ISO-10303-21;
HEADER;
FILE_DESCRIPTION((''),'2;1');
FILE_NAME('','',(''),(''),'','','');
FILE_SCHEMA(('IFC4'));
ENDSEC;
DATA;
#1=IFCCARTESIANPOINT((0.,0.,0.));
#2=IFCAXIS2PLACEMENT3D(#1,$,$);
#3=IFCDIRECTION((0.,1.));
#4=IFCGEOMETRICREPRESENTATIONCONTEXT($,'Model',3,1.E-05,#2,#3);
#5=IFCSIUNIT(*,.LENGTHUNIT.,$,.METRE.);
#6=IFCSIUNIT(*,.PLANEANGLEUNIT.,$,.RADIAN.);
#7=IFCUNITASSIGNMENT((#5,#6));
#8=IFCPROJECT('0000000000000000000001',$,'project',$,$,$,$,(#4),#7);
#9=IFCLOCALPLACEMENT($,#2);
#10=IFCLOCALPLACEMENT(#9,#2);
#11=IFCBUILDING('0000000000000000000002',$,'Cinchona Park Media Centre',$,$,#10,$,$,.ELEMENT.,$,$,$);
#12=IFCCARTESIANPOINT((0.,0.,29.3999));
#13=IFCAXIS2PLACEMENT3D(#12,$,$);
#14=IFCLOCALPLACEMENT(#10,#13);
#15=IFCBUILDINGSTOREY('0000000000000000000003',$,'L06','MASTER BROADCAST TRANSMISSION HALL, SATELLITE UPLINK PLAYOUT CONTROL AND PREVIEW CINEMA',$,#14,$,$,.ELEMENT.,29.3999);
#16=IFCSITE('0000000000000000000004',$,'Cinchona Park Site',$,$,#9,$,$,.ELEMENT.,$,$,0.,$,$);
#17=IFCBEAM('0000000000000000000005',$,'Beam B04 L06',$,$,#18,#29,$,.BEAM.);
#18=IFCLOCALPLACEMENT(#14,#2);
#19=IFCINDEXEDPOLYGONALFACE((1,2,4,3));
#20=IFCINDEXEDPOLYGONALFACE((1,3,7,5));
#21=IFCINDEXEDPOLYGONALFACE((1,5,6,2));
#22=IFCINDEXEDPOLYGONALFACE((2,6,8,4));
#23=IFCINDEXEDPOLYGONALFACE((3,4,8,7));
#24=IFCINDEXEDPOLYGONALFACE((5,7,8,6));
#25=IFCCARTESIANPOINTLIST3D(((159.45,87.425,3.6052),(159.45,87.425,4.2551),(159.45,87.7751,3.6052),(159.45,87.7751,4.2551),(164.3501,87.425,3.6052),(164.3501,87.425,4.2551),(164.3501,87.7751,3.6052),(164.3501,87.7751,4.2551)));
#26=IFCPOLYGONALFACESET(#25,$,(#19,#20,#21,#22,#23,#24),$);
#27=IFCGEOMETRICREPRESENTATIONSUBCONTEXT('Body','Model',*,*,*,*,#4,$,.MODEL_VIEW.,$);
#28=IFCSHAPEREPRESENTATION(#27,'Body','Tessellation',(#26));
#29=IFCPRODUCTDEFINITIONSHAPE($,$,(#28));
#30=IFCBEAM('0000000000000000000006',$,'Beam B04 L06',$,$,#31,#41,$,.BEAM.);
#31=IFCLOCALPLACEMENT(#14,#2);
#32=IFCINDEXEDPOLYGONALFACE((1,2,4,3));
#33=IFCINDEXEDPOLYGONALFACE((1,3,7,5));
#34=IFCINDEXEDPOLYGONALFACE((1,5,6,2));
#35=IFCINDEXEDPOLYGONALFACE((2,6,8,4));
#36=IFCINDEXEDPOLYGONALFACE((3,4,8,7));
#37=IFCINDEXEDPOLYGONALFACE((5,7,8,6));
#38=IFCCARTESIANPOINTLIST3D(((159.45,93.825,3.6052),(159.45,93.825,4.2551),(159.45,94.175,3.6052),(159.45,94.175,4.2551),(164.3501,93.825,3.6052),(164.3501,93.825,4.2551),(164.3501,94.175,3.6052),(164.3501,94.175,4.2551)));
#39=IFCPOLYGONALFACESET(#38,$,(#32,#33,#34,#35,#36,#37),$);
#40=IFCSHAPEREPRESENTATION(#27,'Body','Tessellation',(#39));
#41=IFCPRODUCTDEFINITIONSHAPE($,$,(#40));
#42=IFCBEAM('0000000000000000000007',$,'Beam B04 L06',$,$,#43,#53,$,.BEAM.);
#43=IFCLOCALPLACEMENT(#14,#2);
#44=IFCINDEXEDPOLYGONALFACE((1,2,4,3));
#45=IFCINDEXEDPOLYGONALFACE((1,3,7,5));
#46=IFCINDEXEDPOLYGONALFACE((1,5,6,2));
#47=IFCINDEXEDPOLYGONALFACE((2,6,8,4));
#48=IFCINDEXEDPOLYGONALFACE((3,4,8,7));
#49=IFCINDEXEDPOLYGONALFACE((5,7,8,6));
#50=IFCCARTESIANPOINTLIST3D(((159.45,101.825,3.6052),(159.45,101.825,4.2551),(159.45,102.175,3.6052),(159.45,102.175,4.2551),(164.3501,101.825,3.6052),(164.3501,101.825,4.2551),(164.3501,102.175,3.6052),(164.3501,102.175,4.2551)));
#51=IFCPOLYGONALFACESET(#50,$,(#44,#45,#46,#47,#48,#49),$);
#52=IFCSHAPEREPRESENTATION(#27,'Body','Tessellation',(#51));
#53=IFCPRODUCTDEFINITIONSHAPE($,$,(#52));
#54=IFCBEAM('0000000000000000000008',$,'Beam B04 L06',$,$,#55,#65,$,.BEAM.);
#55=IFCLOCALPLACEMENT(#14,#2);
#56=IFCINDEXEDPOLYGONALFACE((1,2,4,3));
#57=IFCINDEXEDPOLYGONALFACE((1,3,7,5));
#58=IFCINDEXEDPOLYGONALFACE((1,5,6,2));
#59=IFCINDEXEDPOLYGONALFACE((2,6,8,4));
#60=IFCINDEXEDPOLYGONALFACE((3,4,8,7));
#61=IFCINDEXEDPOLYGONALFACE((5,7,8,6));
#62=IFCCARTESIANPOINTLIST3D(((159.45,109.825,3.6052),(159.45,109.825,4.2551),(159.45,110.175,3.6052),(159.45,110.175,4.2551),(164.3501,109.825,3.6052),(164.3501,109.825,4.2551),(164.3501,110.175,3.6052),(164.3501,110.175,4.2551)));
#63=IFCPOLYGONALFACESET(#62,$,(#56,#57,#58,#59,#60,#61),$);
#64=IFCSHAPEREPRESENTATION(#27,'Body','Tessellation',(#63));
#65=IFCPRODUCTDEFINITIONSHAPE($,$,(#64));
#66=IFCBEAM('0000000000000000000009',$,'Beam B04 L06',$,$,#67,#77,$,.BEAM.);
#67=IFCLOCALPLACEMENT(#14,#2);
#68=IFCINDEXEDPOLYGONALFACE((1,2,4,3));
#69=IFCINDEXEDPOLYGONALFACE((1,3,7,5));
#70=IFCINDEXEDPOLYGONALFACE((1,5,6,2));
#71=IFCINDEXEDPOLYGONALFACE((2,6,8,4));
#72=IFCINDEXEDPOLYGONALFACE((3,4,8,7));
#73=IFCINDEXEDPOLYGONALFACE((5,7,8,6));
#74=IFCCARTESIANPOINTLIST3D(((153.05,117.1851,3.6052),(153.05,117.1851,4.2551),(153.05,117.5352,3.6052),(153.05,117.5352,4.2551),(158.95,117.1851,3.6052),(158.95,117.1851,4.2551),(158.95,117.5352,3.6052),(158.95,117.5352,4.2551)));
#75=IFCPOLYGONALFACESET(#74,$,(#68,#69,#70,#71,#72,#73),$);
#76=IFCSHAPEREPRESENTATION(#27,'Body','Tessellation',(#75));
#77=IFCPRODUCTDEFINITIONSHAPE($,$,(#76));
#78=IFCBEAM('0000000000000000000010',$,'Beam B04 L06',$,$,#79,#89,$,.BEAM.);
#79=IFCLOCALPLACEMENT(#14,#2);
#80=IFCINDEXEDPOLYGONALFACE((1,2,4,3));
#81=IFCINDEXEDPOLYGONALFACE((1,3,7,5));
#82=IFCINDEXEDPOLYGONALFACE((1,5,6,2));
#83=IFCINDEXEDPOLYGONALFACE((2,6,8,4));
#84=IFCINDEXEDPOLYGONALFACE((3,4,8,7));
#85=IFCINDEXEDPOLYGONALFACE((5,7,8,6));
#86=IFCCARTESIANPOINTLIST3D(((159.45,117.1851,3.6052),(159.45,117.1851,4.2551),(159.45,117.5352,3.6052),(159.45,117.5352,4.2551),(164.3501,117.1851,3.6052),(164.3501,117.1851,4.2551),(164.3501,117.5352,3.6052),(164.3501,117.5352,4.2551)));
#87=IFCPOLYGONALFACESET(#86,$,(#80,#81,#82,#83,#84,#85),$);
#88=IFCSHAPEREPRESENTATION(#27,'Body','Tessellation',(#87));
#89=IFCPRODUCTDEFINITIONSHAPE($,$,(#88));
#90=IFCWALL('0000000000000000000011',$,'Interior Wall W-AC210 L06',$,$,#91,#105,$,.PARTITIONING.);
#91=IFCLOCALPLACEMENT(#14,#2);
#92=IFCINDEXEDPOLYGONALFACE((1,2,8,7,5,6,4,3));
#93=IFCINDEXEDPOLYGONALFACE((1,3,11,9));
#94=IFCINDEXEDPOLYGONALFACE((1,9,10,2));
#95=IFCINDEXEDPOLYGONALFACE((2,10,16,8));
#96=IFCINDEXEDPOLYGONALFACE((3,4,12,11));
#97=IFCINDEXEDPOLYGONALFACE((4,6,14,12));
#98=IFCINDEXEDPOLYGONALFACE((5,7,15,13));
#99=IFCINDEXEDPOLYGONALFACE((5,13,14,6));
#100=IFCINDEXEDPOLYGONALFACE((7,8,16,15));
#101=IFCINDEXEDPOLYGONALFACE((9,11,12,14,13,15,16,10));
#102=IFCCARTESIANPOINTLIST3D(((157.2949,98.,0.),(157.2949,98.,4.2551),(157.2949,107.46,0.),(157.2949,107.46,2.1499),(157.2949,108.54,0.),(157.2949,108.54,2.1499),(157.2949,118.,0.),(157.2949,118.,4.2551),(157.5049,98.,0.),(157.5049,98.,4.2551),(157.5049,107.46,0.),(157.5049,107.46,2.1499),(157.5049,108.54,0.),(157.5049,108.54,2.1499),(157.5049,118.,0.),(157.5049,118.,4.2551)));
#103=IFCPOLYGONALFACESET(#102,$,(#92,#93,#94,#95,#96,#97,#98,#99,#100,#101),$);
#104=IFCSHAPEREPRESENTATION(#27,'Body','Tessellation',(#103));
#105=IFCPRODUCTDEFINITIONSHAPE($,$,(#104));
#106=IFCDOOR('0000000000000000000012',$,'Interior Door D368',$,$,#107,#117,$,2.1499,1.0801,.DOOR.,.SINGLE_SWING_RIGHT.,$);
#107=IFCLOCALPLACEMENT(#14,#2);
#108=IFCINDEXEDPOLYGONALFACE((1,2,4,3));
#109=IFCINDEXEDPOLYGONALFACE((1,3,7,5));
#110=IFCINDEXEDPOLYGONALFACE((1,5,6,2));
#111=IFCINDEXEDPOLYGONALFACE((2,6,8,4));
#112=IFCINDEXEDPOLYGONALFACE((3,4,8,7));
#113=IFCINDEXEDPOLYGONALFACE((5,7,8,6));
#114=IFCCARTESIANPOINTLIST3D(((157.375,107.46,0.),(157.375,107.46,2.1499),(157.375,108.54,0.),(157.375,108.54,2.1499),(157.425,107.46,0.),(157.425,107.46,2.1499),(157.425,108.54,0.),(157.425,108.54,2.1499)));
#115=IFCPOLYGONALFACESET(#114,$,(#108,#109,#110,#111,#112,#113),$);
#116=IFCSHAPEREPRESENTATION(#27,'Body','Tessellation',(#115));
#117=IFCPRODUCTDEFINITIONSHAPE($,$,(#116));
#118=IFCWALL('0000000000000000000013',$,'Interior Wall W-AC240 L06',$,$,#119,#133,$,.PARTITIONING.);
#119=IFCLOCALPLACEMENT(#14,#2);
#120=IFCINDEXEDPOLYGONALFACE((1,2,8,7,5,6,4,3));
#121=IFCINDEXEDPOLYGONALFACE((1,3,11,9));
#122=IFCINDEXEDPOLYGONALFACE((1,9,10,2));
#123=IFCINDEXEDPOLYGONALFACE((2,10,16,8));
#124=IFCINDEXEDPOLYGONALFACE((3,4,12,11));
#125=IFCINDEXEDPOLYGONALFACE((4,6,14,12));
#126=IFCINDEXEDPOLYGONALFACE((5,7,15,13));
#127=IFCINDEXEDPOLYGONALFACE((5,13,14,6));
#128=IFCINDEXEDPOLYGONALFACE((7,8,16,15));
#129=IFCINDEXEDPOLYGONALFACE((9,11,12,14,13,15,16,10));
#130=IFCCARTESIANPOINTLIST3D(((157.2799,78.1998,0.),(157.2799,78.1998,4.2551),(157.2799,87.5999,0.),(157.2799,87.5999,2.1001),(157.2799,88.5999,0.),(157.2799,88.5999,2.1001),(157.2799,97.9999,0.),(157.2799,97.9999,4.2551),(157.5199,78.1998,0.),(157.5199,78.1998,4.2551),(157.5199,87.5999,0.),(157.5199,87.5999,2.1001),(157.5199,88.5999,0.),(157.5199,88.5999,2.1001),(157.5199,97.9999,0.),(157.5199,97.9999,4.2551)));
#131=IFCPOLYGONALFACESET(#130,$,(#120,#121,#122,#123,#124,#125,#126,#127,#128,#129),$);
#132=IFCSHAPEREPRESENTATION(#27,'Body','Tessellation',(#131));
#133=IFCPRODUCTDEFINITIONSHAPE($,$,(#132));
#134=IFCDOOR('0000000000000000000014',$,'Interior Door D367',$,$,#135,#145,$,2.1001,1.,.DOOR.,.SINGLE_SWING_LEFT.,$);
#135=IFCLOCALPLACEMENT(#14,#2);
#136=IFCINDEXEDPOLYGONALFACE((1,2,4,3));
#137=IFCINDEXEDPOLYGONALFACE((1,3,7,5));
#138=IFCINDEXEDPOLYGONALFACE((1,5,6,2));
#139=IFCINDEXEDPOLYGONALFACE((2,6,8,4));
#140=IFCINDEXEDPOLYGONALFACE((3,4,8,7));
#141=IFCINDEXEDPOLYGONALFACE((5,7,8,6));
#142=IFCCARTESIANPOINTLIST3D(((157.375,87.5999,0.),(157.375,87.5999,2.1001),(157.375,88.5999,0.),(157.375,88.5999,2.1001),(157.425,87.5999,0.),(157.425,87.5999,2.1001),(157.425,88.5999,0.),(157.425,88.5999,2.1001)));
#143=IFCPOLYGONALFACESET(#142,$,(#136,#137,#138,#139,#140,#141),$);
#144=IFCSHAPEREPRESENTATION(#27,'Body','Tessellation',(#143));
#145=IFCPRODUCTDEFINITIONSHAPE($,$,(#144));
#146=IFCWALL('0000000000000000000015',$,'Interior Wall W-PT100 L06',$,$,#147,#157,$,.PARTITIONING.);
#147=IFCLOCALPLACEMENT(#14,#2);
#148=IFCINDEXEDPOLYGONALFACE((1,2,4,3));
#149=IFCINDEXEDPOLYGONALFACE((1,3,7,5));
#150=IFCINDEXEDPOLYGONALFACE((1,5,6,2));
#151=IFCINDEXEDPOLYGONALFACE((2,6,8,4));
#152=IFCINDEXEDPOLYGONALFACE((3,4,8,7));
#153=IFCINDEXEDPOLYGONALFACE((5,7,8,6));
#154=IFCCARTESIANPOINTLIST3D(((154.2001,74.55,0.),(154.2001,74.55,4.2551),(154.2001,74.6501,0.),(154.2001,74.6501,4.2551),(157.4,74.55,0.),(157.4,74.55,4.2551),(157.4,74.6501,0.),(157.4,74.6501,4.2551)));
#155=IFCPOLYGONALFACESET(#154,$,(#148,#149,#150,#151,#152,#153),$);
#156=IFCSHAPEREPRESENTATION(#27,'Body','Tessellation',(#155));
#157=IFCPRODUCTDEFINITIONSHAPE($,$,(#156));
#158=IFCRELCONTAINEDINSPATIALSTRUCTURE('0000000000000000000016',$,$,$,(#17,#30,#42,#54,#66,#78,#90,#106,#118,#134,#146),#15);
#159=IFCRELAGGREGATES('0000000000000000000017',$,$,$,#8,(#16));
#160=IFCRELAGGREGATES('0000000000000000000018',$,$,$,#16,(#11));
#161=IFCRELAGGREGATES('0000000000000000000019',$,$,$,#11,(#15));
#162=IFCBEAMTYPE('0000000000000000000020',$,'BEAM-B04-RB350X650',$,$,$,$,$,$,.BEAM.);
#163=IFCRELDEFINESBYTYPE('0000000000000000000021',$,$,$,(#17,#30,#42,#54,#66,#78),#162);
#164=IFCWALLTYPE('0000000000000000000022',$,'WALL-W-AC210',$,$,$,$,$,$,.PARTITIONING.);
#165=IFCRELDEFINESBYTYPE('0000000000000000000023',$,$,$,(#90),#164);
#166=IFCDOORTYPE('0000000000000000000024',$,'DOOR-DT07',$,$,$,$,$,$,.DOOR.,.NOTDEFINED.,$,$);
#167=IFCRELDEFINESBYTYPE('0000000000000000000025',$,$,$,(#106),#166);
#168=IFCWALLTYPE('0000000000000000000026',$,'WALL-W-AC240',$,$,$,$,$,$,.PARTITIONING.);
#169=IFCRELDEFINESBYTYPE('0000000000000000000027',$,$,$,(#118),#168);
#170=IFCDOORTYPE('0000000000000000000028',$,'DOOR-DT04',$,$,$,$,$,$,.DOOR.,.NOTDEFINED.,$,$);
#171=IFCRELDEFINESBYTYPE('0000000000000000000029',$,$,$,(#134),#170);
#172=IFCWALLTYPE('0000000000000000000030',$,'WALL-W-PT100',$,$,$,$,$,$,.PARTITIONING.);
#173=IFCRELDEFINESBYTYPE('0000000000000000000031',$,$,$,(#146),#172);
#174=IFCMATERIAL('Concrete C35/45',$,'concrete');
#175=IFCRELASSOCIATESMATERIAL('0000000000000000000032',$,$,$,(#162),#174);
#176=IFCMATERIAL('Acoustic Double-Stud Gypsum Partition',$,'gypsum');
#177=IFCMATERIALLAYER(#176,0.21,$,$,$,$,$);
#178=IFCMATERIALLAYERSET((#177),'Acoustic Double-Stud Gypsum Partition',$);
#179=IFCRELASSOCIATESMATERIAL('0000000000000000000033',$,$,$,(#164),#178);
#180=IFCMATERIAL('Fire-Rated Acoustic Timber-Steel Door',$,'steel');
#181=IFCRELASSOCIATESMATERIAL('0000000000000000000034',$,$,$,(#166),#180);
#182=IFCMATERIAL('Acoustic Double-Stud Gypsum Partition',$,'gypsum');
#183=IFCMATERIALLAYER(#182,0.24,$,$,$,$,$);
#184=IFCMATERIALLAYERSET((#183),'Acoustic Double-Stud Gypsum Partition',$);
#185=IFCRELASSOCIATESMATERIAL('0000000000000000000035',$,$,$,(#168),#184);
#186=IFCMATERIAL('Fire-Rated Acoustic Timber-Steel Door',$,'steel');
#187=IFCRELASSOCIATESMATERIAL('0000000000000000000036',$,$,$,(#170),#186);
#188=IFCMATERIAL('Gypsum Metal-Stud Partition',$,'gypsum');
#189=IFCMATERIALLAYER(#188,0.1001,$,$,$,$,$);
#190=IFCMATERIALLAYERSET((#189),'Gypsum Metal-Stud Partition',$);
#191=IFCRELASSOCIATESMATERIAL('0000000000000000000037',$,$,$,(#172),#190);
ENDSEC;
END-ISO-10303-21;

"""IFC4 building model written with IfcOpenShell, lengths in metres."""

from ifc_helpers import new_model, si_unit, direction, frame, frame_2d, origin, origin_2d, place, context, subcontext, project, spatial, rectangle, extrude, material, layer, layer_set, material_profile, profile_set, type_object, element, fill, save


model = new_model("IFC4")

# Units and contexts
model_context = context("Model", 3, precision=1e-05, world=origin(), true_north=direction((0.0, 1.0)))
body_context = subcontext(model_context, "Body", "Model", "MODEL_VIEW")
ifc_project = project(units=[si_unit("LENGTHUNIT", "METRE"), si_unit("PLANEANGLEUNIT", "RADIAN")], contexts=[model_context])

# Site, building, storey
site_placement = place(None, origin())
site = spatial("IfcSite", under=ifc_project, at=site_placement, Name="Cinchona Park Site", CompositionType="ELEMENT", RefElevation=0.0)
building_placement = place(site_placement, origin())
building = spatial("IfcBuilding", under=site, at=building_placement, Name="Cinchona Park Media Centre", CompositionType="ELEMENT")
storey_placement = place(building_placement, frame((0.0, 0.0, 29.3999)))
storey = spatial("IfcBuildingStorey", under=building, at=storey_placement, Name="L06", Description="MASTER BROADCAST TRANSMISSION HALL, SATELLITE UPLINK PLAYOUT CONTROL AND PREVIEW CINEMA", CompositionType="ELEMENT", Elevation=29.3999)

# Beams
ifc_material_1 = material(Name="Concrete C35/45", Category="concrete")
ifc_material_profile_1 = material_profile(ifc_material_1, rectangle(XDim=0.3501, YDim=0.6499, at=origin_2d()), Name="RB 350X650")
ifc_profile_set_1 = profile_set([ifc_material_profile_1], Name="Concrete C35/45")
beam_type_1 = type_object("IfcBeamType", Name="BEAM-B04-RB350X650", PredefinedType="BEAM", material=ifc_profile_set_1)
for number, where, z_axis, x_axis, name in (
    (1, (159.45, 87.6001, 3.9302), (1.0, 0.0, 0.0), (0.0, 1.0, 0.0), "Beam B04 L06"),
    (2, (159.45, 94.0, 3.9302), (1.0, 0.0, 0.0), (0.0, 1.0, 0.0), "Beam B04 L06"),
    (3, (159.45, 102.0, 3.9302), (1.0, 0.0, 0.0), (0.0, 1.0, 0.0), "Beam B04 L06"),
    (4, (159.45, 110.0, 3.9302), (1.0, 0.0, 0.0), (0.0, 1.0, 0.0), "Beam B04 L06"),
):
    element("IfcBeam", number, at=place(storey_placement, frame(where, z_axis=z_axis, x_axis=x_axis)), inside=storey, type_object=beam_type_1, Name=name, PredefinedType="BEAM", context=body_context, shape_type="SweptSolid", body=[
        extrude(rectangle(XDim=0.3501, YDim=0.6499, at=origin_2d()), origin(), (0.0, 0.0, 1.0), 4.9001),
    ])
beam_1_placement = place(storey_placement, frame((153.05, 117.3601, 3.9302), z_axis=(1.0, 0.0, 0.0), x_axis=(0.0, 1.0, 0.0)))
element("IfcBeam", 5, at=beam_1_placement, inside=storey, type_object=beam_type_1, Name="Beam B04 L06", PredefinedType="BEAM", context=body_context, shape_type="SweptSolid", body=[
    extrude(rectangle(XDim=0.3501, YDim=0.6499, at=origin_2d()), origin(), (0.0, 0.0, 1.0), 5.8999),
])
beam_2_placement = place(storey_placement, frame((159.45, 117.3601, 3.9302), z_axis=(1.0, 0.0, 0.0), x_axis=(0.0, 1.0, 0.0)))
element("IfcBeam", 6, at=beam_2_placement, inside=storey, type_object=beam_type_1, Name="Beam B04 L06", PredefinedType="BEAM", context=body_context, shape_type="SweptSolid", body=[
    extrude(rectangle(XDim=0.3501, YDim=0.6499, at=origin_2d()), origin(), (0.0, 0.0, 1.0), 4.9001),
])

# Walls, openings, doors
ifc_material_2 = material(Name="Acoustic Double-Stud Gypsum Partition", Category="gypsum")
ifc_layer_1 = layer(ifc_material_2, 0.21)
ifc_layer_set_1 = layer_set([ifc_layer_1], Name="Acoustic Double-Stud Gypsum Partition")
wall_type_1 = type_object("IfcWallType", Name="WALL-W-AC210", PredefinedType="PARTITIONING", material=ifc_layer_set_1)
wall_1_placement = place(storey_placement, frame((157.3999, 98.0, 0.0), z_axis=(0.0, 0.0, 1.0), x_axis=(0.0, 1.0, 0.0)))
wall_1 = element("IfcWall", 7, at=wall_1_placement, inside=storey, type_object=wall_type_1, Name="Interior Wall W-AC210 L06", PredefinedType="PARTITIONING", context=body_context, shape_type="SweptSolid", body=[
    extrude(rectangle(XDim=20.0, YDim=0.21, at=frame_2d((10.0, 0.0))), origin(), (0.0, 0.0, 1.0), 4.2551),
])
opening_1_placement = place(wall_1_placement, frame((9.46, 0.0, 0.0)))
opening_1 = element("IfcOpeningElement", 8, at=opening_1_placement, cuts=wall_1, PredefinedType="OPENING", context=body_context, shape_type="SweptSolid", body=[
    extrude(rectangle(XDim=1.0801, YDim=2.1499, at=frame_2d((0.54, 1.075))), frame((0.0, 0.115, 0.0), z_axis=(0.0, -1.0, 0.0), x_axis=(1.0, 0.0, 0.0)), (0.0, 0.0, 1.0), 0.23),
])
ifc_material_3 = material(Name="Fire-Rated Acoustic Timber-Steel Door", Category="steel")
door_type_1 = type_object("IfcDoorType", Name="DOOR-DT07", OperationType="NOTDEFINED", PredefinedType="DOOR", material=ifc_material_3)
door_1_placement = place(opening_1_placement, origin())
door_1 = element("IfcDoor", 9, at=door_1_placement, inside=storey, type_object=door_type_1, Name="Interior Door D368", OperationType="SINGLE_SWING_RIGHT", OverallHeight=2.1499, OverallWidth=1.0801, PredefinedType="DOOR", context=body_context, shape_type="SweptSolid", body=[
    extrude(rectangle(XDim=1.0801, YDim=2.1499, at=frame_2d((0.54, 1.075))), frame((0.0, 0.0249, 0.0), z_axis=(0.0, -1.0, 0.0), x_axis=(1.0, 0.0, 0.0)), (0.0, 0.0, 1.0), 0.05),
])
fill(opening_1, door_1)
ifc_material_4 = material(Name="Acoustic Double-Stud Gypsum Partition", Category="gypsum")
ifc_layer_2 = layer(ifc_material_4, 0.24)
ifc_layer_set_2 = layer_set([ifc_layer_2], Name="Acoustic Double-Stud Gypsum Partition")
wall_type_2 = type_object("IfcWallType", Name="WALL-W-AC240", PredefinedType="PARTITIONING", material=ifc_layer_set_2)
wall_2_placement = place(storey_placement, frame((157.3999, 78.2, 0.0), z_axis=(0.0, 0.0, 1.0), x_axis=(0.0, 1.0, 0.0)))
wall_2 = element("IfcWall", 10, at=wall_2_placement, inside=storey, type_object=wall_type_2, Name="Interior Wall W-AC240 L06", PredefinedType="PARTITIONING", context=body_context, shape_type="SweptSolid", body=[
    extrude(rectangle(XDim=19.8, YDim=0.24, at=frame_2d((9.8999, 0.0))), origin(), (0.0, 0.0, 1.0), 4.2551),
])
opening_2_placement = place(wall_2_placement, frame((9.3999, 0.0, 0.0)))
opening_2 = element("IfcOpeningElement", 11, at=opening_2_placement, cuts=wall_2, PredefinedType="OPENING", context=body_context, shape_type="SweptSolid", body=[
    extrude(rectangle(XDim=1.0, YDim=2.1001, at=frame_2d((0.5, 1.05))), frame((0.0, 0.1299, 0.0), z_axis=(0.0, -1.0, 0.0), x_axis=(1.0, 0.0, 0.0)), (0.0, 0.0, 1.0), 0.26),
])
ifc_material_5 = material(Name="Fire-Rated Acoustic Timber-Steel Door", Category="steel")
door_type_2 = type_object("IfcDoorType", Name="DOOR-DT04", OperationType="NOTDEFINED", PredefinedType="DOOR", material=ifc_material_5)
door_2_placement = place(opening_2_placement, origin())
door_2 = element("IfcDoor", 12, at=door_2_placement, inside=storey, type_object=door_type_2, Name="Interior Door D367", OperationType="SINGLE_SWING_LEFT", OverallHeight=2.1001, OverallWidth=1.0, PredefinedType="DOOR", context=body_context, shape_type="SweptSolid", body=[
    extrude(rectangle(XDim=1.0, YDim=2.1001, at=frame_2d((0.5, 1.05))), frame((0.0, 0.0249, 0.0), z_axis=(0.0, -1.0, 0.0), x_axis=(1.0, 0.0, 0.0)), (0.0, 0.0, 1.0), 0.05),
])
fill(opening_2, door_2)

# Wall
ifc_material_6 = material(Name="Gypsum Metal-Stud Partition", Category="gypsum")
ifc_layer_3 = layer(ifc_material_6, 0.1001)
ifc_layer_set_3 = layer_set([ifc_layer_3], Name="Gypsum Metal-Stud Partition")
wall_type_3 = type_object("IfcWallType", Name="WALL-W-PT100", PredefinedType="PARTITIONING", material=ifc_layer_set_3)
wall_3_placement = place(storey_placement, frame((154.2, 74.6001, 0.0), z_axis=(0.0, 0.0, 1.0), x_axis=(1.0, 0.0, 0.0)))
element("IfcWall", 13, at=wall_3_placement, inside=storey, type_object=wall_type_3, Name="Interior Wall W-PT100 L06", PredefinedType="PARTITIONING", context=body_context, shape_type="SweptSolid", body=[
    extrude(rectangle(XDim=3.2, YDim=0.1001, at=frame_2d((1.6001, 0.0))), origin(), (0.0, 0.0, 1.0), 4.2551),
])

save(model, "model.ifc")
